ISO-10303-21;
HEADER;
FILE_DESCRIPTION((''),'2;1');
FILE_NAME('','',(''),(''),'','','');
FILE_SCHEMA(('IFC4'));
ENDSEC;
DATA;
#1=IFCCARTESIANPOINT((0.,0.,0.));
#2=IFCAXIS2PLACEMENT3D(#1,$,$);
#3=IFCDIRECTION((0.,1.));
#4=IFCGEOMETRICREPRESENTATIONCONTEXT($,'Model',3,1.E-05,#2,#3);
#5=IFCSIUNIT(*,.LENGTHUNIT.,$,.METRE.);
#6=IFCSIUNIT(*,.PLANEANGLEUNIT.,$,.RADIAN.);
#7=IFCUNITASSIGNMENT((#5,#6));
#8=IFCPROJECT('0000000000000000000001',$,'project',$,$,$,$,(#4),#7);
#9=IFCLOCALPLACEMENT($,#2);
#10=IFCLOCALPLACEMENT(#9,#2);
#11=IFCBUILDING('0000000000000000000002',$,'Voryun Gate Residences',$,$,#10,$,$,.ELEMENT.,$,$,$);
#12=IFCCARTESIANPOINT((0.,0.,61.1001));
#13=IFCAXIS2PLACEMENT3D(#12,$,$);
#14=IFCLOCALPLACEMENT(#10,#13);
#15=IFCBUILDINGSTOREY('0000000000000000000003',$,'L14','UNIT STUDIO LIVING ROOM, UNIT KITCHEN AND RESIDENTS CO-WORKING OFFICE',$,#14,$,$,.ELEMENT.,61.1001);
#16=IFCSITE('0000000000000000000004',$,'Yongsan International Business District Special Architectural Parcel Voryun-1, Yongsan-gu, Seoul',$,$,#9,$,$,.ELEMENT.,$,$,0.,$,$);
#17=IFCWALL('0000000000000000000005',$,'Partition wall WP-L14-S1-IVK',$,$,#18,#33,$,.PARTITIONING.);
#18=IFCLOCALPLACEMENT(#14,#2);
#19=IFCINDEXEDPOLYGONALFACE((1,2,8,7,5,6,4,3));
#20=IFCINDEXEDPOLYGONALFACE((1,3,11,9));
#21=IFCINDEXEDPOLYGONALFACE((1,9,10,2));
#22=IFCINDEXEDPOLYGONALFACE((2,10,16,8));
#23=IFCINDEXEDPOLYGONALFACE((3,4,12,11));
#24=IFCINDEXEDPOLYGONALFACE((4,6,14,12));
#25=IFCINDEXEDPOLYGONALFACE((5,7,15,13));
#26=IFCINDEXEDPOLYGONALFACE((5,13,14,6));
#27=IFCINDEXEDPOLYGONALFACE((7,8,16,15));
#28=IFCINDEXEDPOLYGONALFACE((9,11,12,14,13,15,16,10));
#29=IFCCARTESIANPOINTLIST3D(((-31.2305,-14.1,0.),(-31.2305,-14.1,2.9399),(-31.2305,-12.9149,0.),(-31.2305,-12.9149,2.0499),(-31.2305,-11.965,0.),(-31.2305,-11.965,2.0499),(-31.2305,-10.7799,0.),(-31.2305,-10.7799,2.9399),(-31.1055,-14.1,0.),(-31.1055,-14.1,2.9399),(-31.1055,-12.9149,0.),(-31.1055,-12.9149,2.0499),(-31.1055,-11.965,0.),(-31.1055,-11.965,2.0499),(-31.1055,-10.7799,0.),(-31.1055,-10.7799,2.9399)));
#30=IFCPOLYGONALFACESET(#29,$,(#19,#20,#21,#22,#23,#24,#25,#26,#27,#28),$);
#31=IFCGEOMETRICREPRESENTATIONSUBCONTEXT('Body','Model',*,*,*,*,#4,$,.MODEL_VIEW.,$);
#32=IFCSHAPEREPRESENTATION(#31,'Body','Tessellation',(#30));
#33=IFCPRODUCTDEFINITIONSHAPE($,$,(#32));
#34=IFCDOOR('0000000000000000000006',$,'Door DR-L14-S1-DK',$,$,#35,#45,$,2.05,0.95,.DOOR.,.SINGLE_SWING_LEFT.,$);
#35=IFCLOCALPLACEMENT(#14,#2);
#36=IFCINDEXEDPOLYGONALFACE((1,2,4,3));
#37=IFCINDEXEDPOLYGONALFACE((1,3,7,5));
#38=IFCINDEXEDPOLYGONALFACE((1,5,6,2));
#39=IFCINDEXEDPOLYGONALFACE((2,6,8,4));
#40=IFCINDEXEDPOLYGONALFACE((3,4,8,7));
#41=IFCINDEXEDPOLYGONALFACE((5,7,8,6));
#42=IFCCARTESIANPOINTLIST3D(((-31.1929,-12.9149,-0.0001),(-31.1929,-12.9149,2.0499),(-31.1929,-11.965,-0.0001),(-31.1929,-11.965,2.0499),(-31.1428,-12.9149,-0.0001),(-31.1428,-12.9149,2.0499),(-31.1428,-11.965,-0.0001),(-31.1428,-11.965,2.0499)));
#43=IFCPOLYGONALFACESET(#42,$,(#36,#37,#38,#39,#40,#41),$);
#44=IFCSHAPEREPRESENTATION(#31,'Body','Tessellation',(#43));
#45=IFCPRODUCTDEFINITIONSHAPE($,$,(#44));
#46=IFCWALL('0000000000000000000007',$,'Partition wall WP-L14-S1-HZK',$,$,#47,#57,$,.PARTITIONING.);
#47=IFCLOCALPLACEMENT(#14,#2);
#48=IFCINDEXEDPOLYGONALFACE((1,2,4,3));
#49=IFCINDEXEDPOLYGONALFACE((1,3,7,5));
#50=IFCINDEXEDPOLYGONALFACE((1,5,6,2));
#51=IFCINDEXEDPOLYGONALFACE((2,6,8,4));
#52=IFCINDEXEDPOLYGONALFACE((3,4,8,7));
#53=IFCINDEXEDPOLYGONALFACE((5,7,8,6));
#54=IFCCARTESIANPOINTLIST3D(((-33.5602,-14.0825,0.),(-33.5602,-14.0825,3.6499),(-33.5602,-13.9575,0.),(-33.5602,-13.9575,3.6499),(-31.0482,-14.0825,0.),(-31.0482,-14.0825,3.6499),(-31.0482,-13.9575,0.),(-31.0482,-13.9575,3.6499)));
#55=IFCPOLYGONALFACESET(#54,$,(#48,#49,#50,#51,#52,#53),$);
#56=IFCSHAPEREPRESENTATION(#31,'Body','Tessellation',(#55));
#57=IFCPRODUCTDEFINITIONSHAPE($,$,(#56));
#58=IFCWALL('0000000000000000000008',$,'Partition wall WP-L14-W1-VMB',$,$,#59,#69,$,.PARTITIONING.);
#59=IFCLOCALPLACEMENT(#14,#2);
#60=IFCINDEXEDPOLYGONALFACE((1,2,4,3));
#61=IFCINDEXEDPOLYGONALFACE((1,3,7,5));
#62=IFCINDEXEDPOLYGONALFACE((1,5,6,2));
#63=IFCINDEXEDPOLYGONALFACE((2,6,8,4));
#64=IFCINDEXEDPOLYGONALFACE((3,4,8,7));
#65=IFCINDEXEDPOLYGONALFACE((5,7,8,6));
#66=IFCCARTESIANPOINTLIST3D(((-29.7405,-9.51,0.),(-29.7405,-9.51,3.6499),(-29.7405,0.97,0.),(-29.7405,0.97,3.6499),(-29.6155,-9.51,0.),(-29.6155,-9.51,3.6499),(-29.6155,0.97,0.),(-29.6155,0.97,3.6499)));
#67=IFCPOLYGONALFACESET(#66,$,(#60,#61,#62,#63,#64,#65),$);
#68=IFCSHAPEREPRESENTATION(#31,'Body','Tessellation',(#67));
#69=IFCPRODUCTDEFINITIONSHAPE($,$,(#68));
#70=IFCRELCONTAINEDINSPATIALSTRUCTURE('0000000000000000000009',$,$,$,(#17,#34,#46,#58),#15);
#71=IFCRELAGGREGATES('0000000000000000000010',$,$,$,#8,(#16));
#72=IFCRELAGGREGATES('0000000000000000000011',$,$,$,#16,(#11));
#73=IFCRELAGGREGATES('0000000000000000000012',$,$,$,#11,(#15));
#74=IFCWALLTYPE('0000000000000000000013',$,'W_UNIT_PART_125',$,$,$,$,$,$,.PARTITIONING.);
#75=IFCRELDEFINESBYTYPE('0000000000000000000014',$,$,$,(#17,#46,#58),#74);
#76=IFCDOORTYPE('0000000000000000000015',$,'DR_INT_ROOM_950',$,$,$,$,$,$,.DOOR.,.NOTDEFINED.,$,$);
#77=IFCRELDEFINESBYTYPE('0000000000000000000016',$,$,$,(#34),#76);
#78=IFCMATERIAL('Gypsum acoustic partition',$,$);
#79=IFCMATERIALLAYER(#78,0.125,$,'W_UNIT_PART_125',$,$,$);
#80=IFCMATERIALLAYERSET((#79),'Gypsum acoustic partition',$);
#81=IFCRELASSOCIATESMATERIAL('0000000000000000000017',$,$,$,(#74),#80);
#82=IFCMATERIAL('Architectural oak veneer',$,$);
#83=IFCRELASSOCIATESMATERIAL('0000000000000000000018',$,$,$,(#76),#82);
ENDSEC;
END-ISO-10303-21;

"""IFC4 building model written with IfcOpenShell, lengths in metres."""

from ifc_helpers import new_model, si_unit, direction, frame, frame_2d, origin, place, context, subcontext, project, spatial, rectangle, extrude, material, layer, layer_set, type_object, element, fill, save


model = new_model("IFC4")

# Units and contexts
model_context = context("Model", 3, precision=1e-05, world=origin(), true_north=direction((0.0, 1.0)))
body_context = subcontext(model_context, "Body", "Model", "MODEL_VIEW")
ifc_project = project(units=[si_unit("LENGTHUNIT", "METRE"), si_unit("PLANEANGLEUNIT", "RADIAN")], contexts=[model_context])

# Site, building, storey
site_placement = place(None, origin())
site = spatial("IfcSite", under=ifc_project, at=site_placement, Name="Yongsan International Business District Special Architectural Parcel Voryun-1, Yongsan-gu, Seoul", CompositionType="ELEMENT", RefElevation=0.0)
building_placement = place(site_placement, origin())
building = spatial("IfcBuilding", under=site, at=building_placement, Name="Voryun Gate Residences", CompositionType="ELEMENT")
storey_placement = place(building_placement, frame((0.0, 0.0, 61.1001)))
storey = spatial("IfcBuildingStorey", under=building, at=storey_placement, Name="L14", Description="UNIT STUDIO LIVING ROOM, UNIT KITCHEN AND RESIDENTS CO-WORKING OFFICE", CompositionType="ELEMENT", Elevation=61.1001)

# Wall, opening, door
ifc_material_1 = material(Name="Gypsum acoustic partition")
ifc_layer_1 = layer(ifc_material_1, 0.125, Name="W_UNIT_PART_125")
ifc_layer_set_1 = layer_set([ifc_layer_1], Name="Gypsum acoustic partition")
wall_type_1 = type_object("IfcWallType", Name="W_UNIT_PART_125", PredefinedType="PARTITIONING", material=ifc_layer_set_1)
wall_1_placement = place(storey_placement, frame((-31.168, -14.1001, 0.0), z_axis=(0.0, 0.0, 1.0), x_axis=(0.0, 1.0, 0.0)))
wall_1 = element("IfcWall", 1, at=wall_1_placement, inside=storey, type_object=wall_type_1, Name="Partition wall WP-L14-S1-IVK", PredefinedType="PARTITIONING", context=body_context, shape_type="SweptSolid", body=[
    extrude(rectangle(XDim=3.3201, YDim=0.125, at=frame_2d((1.6602, 0.0))), origin(), (0.0, 0.0, 1.0), 2.9399),
])
opening_1_placement = place(wall_1_placement, frame((1.1851, 0.0, 0.0)))
opening_1 = element("IfcOpeningElement", 2, at=opening_1_placement, cuts=wall_1, PredefinedType="OPENING", context=body_context, shape_type="SweptSolid", body=[
    extrude(rectangle(XDim=0.95, YDim=2.05, at=frame_2d((0.4751, 1.0249))), frame((0.0, 0.0725, 0.0), z_axis=(0.0, -1.0, 0.0), x_axis=(1.0, 0.0, 0.0)), (0.0, 0.0, 1.0), 0.145),
])
ifc_material_2 = material(Name="Architectural oak veneer")
door_type_1 = type_object("IfcDoorType", Name="DR_INT_ROOM_950", OperationType="NOTDEFINED", PredefinedType="DOOR", material=ifc_material_2)
door_1_placement = place(opening_1_placement, origin())
door_1 = element("IfcDoor", 3, at=door_1_placement, inside=storey, type_object=door_type_1, Name="Door DR-L14-S1-DK", OperationType="SINGLE_SWING_LEFT", OverallHeight=2.05, OverallWidth=0.95, PredefinedType="DOOR", context=body_context, shape_type="SweptSolid", body=[
    extrude(rectangle(XDim=0.95, YDim=2.05, at=frame_2d((0.4751, 1.0249))), frame((0.0, 0.0249, 0.0), z_axis=(0.0, -1.0, 0.0), x_axis=(1.0, 0.0, 0.0)), (0.0, 0.0, 1.0), 0.05),
])
fill(opening_1, door_1)

# Walls
wall_2_placement = place(storey_placement, frame((-33.5601, -14.02, 0.0), z_axis=(0.0, 0.0, 1.0), x_axis=(1.0, 0.0, 0.0)))
element("IfcWall", 4, at=wall_2_placement, inside=storey, type_object=wall_type_1, Name="Partition wall WP-L14-S1-HZK", PredefinedType="PARTITIONING", context=body_context, shape_type="SweptSolid", body=[
    extrude(rectangle(XDim=2.512, YDim=0.125, at=frame_2d((1.2559, 0.0))), origin(), (0.0, 0.0, 1.0), 3.6499),
])
wall_3_placement = place(storey_placement, frame((-29.678, -9.51, 0.0), z_axis=(0.0, 0.0, 1.0), x_axis=(0.0, 1.0, 0.0)))
element("IfcWall", 5, at=wall_3_placement, inside=storey, type_object=wall_type_1, Name="Partition wall WP-L14-W1-VMB", PredefinedType="PARTITIONING", context=body_context, shape_type="SweptSolid", body=[
    extrude(rectangle(XDim=10.48, YDim=0.125, at=frame_2d((5.24, 0.0))), origin(), (0.0, 0.0, 1.0), 3.6499),
])

save(model, "model.ifc")
